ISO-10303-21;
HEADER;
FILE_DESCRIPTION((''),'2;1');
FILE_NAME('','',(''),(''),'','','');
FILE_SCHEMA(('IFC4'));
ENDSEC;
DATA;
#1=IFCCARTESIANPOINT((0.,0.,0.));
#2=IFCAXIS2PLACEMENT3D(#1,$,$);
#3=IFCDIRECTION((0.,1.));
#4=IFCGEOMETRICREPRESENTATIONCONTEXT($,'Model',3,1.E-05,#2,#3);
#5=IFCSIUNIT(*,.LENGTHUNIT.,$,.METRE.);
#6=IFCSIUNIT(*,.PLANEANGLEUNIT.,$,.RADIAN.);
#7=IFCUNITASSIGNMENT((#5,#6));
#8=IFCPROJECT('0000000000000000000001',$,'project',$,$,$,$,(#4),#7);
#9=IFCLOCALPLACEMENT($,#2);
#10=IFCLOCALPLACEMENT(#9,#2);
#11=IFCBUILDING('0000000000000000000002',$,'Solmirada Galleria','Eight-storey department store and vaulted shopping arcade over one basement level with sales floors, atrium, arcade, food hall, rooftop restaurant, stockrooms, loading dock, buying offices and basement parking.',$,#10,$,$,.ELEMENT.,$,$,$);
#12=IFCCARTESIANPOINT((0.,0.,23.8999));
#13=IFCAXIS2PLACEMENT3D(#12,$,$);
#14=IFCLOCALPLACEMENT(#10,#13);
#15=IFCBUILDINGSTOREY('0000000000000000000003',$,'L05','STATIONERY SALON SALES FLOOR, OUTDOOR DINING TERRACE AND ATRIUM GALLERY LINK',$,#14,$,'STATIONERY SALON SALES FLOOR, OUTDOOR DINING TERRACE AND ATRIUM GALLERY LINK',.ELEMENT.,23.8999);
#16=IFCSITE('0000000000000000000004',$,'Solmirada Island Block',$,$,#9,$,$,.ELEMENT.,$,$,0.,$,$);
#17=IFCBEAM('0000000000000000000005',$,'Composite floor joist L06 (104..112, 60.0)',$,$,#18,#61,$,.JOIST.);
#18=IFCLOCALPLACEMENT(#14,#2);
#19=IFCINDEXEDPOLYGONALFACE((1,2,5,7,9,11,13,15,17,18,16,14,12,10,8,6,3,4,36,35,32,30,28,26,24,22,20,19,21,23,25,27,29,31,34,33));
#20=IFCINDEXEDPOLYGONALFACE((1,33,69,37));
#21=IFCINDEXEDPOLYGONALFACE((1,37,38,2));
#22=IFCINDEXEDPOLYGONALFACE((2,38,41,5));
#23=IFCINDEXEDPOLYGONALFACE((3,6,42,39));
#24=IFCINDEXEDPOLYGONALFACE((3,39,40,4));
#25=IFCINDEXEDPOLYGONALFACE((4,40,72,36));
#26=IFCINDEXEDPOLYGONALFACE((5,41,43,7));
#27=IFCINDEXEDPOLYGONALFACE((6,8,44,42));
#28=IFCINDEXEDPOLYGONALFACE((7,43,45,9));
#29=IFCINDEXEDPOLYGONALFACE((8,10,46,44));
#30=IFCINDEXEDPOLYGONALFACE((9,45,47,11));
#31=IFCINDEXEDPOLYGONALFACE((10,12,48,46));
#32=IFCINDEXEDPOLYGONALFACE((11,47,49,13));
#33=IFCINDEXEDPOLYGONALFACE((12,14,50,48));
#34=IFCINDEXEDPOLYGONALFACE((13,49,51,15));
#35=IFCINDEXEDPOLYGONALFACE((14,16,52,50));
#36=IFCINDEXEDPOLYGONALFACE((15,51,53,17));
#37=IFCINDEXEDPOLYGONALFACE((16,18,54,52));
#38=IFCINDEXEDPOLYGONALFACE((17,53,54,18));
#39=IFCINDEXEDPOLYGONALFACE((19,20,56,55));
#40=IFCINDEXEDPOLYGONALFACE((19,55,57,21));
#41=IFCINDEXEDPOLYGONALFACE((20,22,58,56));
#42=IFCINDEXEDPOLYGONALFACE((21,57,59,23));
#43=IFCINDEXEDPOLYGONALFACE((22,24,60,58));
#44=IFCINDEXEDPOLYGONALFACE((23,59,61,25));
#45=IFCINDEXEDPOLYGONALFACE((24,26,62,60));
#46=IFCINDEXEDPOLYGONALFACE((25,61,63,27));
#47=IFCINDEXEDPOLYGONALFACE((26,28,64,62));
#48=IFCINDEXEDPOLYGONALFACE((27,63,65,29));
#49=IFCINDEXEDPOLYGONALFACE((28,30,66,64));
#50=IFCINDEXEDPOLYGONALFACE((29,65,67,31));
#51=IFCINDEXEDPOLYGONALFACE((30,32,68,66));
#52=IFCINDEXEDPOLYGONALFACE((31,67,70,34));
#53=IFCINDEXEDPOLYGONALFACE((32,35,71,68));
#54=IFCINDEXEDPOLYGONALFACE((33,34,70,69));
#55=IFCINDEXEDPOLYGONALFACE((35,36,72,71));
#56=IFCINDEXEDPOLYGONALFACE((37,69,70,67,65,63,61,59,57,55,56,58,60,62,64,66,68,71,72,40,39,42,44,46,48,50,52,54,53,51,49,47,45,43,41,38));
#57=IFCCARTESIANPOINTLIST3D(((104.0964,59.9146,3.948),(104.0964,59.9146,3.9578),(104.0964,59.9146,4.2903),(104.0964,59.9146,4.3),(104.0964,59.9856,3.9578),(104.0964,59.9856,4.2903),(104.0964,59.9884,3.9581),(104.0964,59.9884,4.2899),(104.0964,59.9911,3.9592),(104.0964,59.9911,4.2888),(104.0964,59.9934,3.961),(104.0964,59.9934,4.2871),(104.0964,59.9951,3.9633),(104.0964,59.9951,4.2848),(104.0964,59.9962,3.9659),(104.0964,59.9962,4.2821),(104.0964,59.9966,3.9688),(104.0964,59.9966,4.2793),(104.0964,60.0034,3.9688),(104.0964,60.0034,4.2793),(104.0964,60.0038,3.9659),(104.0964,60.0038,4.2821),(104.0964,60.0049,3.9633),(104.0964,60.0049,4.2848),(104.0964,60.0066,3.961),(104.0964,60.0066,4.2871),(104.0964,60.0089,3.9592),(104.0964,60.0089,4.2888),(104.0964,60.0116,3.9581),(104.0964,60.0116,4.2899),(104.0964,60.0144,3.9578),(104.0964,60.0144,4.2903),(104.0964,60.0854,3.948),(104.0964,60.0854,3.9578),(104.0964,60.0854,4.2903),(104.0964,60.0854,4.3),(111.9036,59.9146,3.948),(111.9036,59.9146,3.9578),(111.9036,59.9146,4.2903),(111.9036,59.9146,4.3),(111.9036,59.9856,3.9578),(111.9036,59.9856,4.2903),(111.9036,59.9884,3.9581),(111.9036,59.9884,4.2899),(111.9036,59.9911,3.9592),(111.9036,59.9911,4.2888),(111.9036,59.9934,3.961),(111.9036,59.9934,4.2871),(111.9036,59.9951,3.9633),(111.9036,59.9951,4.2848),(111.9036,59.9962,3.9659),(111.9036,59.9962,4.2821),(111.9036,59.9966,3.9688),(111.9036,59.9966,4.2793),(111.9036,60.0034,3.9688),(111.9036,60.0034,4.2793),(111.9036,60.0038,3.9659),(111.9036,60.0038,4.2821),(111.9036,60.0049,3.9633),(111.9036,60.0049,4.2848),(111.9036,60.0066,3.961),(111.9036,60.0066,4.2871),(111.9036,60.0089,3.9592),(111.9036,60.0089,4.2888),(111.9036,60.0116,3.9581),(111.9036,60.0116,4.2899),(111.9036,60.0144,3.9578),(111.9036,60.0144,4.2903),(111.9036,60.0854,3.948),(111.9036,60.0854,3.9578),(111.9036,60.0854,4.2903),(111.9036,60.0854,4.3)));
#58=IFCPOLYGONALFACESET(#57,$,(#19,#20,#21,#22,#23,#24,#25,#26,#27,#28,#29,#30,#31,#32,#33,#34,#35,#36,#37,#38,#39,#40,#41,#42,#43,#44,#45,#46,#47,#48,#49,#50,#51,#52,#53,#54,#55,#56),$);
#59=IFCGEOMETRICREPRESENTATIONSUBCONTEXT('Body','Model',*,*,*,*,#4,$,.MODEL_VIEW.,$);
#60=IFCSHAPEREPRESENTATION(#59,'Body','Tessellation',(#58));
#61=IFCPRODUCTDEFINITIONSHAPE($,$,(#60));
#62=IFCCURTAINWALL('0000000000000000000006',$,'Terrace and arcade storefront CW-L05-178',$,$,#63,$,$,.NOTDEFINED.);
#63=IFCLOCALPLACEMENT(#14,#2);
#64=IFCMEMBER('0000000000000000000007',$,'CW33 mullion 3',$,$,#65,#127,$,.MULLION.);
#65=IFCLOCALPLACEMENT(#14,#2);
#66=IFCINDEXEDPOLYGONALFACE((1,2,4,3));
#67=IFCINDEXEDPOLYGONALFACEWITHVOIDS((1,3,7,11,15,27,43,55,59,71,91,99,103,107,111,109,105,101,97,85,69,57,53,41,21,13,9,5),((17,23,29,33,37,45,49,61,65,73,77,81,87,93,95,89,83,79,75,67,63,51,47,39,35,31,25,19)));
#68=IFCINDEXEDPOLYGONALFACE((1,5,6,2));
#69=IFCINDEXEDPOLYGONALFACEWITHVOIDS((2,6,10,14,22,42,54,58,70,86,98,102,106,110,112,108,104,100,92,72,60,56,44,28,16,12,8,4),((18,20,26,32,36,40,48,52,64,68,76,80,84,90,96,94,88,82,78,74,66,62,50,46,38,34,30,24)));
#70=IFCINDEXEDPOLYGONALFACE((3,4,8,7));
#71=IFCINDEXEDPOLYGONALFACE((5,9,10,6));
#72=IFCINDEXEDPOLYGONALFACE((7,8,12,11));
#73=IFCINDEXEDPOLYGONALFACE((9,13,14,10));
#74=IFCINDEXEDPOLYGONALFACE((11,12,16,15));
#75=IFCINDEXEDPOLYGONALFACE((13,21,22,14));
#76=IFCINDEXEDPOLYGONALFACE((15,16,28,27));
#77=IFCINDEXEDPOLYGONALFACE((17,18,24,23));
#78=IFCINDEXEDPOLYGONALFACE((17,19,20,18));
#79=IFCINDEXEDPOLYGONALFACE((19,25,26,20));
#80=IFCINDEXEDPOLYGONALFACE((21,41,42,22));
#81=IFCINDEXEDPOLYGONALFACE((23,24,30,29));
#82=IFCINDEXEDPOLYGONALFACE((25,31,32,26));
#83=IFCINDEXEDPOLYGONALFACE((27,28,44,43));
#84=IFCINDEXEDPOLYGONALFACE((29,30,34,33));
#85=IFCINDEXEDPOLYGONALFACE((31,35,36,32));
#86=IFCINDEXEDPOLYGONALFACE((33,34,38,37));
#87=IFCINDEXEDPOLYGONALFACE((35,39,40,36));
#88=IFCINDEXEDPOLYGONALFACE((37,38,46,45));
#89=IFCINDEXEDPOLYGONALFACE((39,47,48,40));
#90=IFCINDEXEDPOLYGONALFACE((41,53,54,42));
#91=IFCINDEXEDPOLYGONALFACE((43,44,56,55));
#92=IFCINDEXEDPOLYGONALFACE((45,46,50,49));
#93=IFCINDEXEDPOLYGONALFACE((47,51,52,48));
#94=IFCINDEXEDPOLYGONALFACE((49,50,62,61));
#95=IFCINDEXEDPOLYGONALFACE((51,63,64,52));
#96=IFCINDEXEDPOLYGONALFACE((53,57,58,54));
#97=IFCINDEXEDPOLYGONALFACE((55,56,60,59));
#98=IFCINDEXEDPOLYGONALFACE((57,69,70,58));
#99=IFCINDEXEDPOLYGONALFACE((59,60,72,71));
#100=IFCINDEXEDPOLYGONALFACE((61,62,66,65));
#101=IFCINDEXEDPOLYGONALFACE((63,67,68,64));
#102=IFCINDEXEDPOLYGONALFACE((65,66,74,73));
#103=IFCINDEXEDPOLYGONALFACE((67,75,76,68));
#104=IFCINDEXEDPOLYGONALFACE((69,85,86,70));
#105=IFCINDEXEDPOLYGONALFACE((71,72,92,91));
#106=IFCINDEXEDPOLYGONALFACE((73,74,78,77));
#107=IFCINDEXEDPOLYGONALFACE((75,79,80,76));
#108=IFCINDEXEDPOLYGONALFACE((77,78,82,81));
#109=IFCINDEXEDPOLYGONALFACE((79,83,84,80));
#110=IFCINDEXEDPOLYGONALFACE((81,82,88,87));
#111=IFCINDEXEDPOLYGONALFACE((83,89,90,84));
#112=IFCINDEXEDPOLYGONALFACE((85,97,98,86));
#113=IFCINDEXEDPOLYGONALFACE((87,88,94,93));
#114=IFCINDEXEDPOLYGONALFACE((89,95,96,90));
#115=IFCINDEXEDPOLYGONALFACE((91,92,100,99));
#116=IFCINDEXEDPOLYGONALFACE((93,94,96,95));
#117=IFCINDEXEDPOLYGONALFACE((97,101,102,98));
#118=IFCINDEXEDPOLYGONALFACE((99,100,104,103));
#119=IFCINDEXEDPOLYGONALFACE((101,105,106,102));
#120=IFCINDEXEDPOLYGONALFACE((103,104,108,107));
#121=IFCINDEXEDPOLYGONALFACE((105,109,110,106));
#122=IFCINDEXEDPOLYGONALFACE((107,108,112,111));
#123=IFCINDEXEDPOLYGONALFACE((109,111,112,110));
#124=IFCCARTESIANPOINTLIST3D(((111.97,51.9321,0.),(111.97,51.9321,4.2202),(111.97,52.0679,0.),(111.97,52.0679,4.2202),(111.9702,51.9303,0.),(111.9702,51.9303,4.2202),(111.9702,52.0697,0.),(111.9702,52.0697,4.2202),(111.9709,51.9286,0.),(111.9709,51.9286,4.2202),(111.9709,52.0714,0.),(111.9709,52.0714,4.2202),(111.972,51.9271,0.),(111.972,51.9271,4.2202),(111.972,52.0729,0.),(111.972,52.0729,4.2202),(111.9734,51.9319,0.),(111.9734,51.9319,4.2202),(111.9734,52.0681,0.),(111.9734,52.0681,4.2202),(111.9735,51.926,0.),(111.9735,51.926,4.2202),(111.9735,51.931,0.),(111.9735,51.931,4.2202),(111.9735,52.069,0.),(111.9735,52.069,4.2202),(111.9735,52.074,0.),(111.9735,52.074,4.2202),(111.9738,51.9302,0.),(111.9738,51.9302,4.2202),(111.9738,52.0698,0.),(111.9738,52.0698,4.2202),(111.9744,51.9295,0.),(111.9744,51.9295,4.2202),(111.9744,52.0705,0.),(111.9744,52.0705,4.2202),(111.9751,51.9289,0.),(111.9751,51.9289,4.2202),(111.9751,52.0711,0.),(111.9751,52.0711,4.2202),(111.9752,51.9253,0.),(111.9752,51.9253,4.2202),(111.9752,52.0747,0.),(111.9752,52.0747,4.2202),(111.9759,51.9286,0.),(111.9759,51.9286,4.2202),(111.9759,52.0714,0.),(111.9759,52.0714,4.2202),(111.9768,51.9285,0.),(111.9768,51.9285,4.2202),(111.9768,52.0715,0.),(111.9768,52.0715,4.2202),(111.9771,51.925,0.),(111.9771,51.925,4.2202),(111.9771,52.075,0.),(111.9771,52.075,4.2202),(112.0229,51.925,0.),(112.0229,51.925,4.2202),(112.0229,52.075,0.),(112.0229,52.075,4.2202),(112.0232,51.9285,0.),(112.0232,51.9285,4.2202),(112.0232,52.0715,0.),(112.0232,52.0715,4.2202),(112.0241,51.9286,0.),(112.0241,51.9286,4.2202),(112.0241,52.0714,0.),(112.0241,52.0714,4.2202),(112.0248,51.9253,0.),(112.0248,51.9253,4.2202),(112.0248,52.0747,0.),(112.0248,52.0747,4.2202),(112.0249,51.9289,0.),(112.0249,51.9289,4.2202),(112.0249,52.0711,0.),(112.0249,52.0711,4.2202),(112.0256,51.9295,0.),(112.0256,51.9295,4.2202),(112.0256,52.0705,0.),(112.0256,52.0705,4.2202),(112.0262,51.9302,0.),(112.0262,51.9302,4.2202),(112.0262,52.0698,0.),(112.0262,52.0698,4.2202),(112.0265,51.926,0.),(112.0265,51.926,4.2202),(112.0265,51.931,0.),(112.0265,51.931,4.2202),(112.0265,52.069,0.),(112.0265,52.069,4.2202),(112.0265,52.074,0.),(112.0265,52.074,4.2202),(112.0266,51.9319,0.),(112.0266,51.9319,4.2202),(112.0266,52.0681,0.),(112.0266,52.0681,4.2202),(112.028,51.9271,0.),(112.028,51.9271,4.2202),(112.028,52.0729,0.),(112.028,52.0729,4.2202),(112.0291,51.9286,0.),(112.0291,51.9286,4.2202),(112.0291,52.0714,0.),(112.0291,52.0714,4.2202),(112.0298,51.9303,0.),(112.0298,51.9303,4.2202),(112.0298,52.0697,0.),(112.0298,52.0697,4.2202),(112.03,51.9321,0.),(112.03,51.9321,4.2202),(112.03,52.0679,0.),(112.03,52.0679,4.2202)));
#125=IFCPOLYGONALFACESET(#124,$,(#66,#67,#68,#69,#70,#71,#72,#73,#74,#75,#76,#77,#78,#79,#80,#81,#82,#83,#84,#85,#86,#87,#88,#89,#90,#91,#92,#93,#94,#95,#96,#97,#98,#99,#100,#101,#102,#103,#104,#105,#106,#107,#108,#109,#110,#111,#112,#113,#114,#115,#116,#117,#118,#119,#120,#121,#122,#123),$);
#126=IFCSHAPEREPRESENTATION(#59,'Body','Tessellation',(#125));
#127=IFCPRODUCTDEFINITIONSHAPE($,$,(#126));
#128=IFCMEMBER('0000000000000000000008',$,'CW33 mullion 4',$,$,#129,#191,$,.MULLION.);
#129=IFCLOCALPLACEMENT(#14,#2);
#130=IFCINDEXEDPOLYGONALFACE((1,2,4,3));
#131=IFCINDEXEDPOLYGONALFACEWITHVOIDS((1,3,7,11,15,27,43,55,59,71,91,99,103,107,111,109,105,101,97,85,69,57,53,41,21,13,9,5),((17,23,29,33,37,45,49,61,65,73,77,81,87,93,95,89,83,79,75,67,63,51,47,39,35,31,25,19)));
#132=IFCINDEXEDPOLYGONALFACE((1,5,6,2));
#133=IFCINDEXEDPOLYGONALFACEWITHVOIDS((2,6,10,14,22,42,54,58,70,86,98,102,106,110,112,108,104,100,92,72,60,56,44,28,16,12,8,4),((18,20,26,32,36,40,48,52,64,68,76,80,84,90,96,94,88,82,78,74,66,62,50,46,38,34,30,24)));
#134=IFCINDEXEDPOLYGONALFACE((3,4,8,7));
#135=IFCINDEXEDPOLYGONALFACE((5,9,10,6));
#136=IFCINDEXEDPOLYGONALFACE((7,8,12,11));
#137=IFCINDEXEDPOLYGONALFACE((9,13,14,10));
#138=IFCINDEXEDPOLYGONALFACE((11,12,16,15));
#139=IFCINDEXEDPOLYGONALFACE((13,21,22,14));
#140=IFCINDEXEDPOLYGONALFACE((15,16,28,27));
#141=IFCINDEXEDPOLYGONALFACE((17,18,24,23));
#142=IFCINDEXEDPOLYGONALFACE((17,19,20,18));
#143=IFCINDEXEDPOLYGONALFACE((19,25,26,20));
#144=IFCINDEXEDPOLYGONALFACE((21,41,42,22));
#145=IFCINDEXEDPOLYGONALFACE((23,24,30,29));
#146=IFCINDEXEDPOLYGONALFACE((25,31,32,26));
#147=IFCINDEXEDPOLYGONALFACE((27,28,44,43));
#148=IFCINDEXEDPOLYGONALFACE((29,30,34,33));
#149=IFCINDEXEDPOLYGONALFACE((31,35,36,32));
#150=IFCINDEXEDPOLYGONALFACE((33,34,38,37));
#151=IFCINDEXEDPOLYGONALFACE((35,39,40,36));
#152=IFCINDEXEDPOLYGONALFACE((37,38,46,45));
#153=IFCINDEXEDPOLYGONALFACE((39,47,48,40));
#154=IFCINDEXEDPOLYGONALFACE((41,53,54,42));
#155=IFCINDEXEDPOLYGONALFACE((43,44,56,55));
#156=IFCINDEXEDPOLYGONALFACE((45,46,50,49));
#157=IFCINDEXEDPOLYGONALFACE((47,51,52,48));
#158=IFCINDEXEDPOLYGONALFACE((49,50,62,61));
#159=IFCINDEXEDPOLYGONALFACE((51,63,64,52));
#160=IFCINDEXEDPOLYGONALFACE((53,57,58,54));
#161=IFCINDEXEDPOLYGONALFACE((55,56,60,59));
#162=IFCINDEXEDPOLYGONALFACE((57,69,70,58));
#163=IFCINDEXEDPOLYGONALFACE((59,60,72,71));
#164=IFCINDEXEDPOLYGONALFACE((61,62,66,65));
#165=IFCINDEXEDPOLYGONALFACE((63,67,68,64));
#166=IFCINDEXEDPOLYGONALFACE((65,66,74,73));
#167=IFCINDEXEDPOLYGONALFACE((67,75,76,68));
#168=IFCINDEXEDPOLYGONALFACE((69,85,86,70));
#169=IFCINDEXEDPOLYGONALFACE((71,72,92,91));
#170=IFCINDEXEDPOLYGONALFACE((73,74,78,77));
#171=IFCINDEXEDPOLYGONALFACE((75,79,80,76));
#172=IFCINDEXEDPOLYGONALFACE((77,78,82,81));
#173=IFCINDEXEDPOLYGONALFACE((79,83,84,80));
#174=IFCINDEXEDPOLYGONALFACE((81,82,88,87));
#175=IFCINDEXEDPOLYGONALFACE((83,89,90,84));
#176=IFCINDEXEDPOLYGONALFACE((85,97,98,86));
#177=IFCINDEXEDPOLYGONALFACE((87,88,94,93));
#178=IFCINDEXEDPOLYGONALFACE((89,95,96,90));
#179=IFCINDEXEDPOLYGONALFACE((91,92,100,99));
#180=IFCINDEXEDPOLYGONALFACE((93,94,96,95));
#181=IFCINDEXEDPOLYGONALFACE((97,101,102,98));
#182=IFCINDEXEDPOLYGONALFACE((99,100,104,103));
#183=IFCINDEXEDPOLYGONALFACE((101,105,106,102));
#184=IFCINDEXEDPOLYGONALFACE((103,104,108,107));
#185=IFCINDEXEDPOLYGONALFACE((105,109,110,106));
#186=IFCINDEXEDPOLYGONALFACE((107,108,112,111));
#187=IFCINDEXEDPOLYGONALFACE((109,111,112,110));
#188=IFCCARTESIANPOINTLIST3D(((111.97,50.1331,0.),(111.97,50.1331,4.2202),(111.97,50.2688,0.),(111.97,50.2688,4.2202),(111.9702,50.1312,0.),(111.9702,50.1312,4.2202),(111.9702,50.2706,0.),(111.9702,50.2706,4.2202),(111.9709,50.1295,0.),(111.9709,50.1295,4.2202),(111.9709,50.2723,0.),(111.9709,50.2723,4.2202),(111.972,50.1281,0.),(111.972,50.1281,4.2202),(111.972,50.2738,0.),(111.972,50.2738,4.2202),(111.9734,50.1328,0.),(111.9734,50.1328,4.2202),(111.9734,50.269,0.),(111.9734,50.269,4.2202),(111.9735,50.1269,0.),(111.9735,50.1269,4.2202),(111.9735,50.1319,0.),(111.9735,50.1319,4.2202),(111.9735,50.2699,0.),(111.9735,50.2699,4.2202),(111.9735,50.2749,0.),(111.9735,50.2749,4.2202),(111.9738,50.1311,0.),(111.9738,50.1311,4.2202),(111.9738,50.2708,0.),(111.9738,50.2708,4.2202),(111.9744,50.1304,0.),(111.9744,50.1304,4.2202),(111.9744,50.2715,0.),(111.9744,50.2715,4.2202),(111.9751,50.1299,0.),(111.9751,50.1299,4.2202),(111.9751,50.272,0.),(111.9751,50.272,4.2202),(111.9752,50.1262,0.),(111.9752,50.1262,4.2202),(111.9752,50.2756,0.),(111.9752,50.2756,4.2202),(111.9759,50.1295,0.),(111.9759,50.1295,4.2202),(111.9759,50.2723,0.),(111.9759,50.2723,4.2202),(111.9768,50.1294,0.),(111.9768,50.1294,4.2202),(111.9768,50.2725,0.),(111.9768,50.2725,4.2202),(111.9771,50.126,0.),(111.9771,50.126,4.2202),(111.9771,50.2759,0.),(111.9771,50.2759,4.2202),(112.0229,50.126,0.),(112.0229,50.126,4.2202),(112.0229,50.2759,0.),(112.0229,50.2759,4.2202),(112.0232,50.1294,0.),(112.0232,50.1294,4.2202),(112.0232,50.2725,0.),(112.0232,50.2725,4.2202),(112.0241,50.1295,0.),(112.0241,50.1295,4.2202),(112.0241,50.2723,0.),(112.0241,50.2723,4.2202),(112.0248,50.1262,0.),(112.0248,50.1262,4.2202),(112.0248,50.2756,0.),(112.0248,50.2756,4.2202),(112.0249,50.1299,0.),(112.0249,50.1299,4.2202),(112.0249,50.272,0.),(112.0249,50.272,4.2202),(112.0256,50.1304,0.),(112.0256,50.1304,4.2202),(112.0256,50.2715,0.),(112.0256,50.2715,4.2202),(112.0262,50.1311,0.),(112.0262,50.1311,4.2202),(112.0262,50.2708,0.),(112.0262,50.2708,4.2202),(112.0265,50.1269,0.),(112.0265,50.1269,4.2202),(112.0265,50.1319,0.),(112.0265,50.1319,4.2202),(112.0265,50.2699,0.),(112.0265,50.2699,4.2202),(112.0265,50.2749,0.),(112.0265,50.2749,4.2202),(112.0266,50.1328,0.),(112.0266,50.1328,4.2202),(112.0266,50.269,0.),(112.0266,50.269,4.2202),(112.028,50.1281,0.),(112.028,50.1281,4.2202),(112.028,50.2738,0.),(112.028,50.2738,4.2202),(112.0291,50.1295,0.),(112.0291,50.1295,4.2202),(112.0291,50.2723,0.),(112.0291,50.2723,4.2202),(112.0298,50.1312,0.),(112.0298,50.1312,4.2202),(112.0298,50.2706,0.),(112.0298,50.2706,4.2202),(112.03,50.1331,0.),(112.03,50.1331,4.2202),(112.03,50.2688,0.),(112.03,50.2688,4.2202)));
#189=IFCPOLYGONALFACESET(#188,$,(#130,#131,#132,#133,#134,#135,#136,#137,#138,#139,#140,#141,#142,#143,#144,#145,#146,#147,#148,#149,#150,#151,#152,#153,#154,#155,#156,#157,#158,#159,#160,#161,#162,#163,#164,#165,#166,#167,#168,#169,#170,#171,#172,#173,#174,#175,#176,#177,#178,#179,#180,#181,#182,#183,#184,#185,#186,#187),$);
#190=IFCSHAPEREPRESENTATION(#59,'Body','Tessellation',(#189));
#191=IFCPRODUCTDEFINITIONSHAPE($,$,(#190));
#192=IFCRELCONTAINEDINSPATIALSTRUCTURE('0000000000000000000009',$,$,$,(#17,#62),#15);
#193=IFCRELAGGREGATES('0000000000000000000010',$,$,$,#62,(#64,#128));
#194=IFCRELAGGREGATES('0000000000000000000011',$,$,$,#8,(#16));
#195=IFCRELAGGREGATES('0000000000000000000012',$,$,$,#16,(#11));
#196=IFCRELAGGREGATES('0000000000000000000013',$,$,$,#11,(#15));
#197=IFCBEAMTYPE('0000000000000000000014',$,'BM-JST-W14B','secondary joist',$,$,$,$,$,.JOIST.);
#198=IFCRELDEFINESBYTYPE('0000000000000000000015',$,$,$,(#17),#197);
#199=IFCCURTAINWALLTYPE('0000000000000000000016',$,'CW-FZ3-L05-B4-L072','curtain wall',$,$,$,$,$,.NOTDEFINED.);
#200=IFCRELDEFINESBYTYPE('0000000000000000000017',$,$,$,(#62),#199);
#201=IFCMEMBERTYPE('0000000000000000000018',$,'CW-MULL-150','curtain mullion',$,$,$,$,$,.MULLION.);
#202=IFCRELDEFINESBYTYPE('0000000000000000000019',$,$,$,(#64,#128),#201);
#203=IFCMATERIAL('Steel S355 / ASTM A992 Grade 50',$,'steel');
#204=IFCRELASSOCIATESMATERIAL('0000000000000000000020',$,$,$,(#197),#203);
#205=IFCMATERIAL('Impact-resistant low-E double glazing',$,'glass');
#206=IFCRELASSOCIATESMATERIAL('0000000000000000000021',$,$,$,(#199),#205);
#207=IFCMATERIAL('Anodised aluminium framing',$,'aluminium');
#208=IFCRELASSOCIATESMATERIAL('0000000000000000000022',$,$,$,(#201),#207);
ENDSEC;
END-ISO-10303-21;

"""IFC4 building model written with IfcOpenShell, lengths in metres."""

from ifc_helpers import new_model, si_unit, direction, frame, origin, origin_2d, place, context, subcontext, project, spatial, hollow_rectangle, i_section, extrude, material, material_profile, profile_set, type_object, element, aggregate, save


model = new_model("IFC4")

# Units and contexts
model_context = context("Model", 3, precision=1e-05, world=origin(), true_north=direction((0.0, 1.0)))
body_context = subcontext(model_context, "Body", "Model", "MODEL_VIEW")
ifc_project = project(units=[si_unit("LENGTHUNIT", "METRE"), si_unit("PLANEANGLEUNIT", "RADIAN")], contexts=[model_context])

# Site, building, storey
site_placement = place(None, origin())
site = spatial("IfcSite", under=ifc_project, at=site_placement, Name="Solmirada Island Block", CompositionType="ELEMENT", RefElevation=0.0)
building_placement = place(site_placement, origin())
building = spatial("IfcBuilding", under=site, at=building_placement, Name="Solmirada Galleria", Description="Eight-storey department store and vaulted shopping arcade over one basement level with sales floors, atrium, arcade, food hall, rooftop restaurant, stockrooms, loading dock, buying offices and basement parking.", CompositionType="ELEMENT")
storey_placement = place(building_placement, frame((0.0, 0.0, 23.8999)))
storey = spatial("IfcBuildingStorey", under=building, at=storey_placement, Name="L05", Description="STATIONERY SALON SALES FLOOR, OUTDOOR DINING TERRACE AND ATRIUM GALLERY LINK", LongName="STATIONERY SALON SALES FLOOR, OUTDOOR DINING TERRACE AND ATRIUM GALLERY LINK", CompositionType="ELEMENT", Elevation=23.8999)

# Beam
ifc_material_1 = material(Name="Steel S355 / ASTM A992 Grade 50", Category="steel")
ifc_material_profile_1 = material_profile(ifc_material_1, i_section(OverallWidth=0.1709, OverallDepth=0.3521, WebThickness=0.0068, FlangeThickness=0.0098, FilletRadius=0.011, at=origin_2d()), Name="W14X30")
ifc_profile_set_1 = profile_set([ifc_material_profile_1], Name="Steel S355 / ASTM A992 Grade 50")
beam_type_1 = type_object("IfcBeamType", Name="BM-JST-W14B", Description="secondary joist", PredefinedType="JOIST", material=ifc_profile_set_1)
for number, where, z_axis, x_axis, name in (
    (1, (104.0964, 60.0, 4.124), (1.0, 0.0, 0.0), (0.0, 1.0, 0.0), "Composite floor joist L06 (104..112, 60.0)"),
):
    element("IfcBeam", number, at=place(storey_placement, frame(where, z_axis=z_axis, x_axis=x_axis)), inside=storey, type_object=beam_type_1, Name=name, PredefinedType="JOIST", context=body_context, shape_type="SweptSolid", body=[
        extrude(i_section(OverallWidth=0.1709, OverallDepth=0.3521, WebThickness=0.0068, FlangeThickness=0.0098, FilletRadius=0.011, at=origin_2d()), origin(), (0.0, 0.0, 1.0), 7.8071),
    ])

# Curtain wall, members
ifc_material_2 = material(Name="Impact-resistant low-E double glazing", Category="glass")
curtain_wall_type = type_object("IfcCurtainWallType", Name="CW-FZ3-L05-B4-L072", Description="curtain wall", PredefinedType="NOTDEFINED", material=ifc_material_2)
curtain_wall_placement = place(storey_placement, origin())
curtain_wall = element("IfcCurtainWall", 2, at=curtain_wall_placement, inside=storey, type_object=curtain_wall_type, Name="Terrace and arcade storefront CW-L05-178", PredefinedType="NOTDEFINED")
ifc_material_3 = material(Name="Anodised aluminium framing", Category="aluminium")
ifc_material_profile_2 = material_profile(ifc_material_3, hollow_rectangle(XDim=0.0601, YDim=0.1499, WallThickness=0.0034, InnerFilletRadius=0.0034, OuterFilletRadius=0.0071, at=origin_2d()), Name="ALU-MULL-150X60")
ifc_profile_set_2 = profile_set([ifc_material_profile_2], Name="Anodised aluminium framing")
member_type_1 = type_object("IfcMemberType", Name="CW-MULL-150", Description="curtain mullion", PredefinedType="MULLION", material=ifc_profile_set_2)
member_1_placement = place(storey_placement, frame((112.0, 52.0, 0.0), z_axis=(0.0, 0.0, 1.0), x_axis=(1.0, 0.0, 0.0)))
member_1 = element("IfcMember", 3, at=member_1_placement, type_object=member_type_1, Name="CW33 mullion 3", PredefinedType="MULLION", context=body_context, shape_type="SweptSolid", body=[
    extrude(hollow_rectangle(XDim=0.0601, YDim=0.1499, WallThickness=0.0034, InnerFilletRadius=0.0034, OuterFilletRadius=0.0071, at=origin_2d()), origin(), (0.0, 0.0, 1.0), 4.2202),
])
member_2_placement = place(storey_placement, frame((112.0, 50.2009, 0.0), z_axis=(0.0, 0.0, 1.0), x_axis=(1.0, 0.0, 0.0)))
member_2 = element("IfcMember", 4, at=member_2_placement, type_object=member_type_1, Name="CW33 mullion 4", PredefinedType="MULLION", context=body_context, shape_type="SweptSolid", body=[
    extrude(hollow_rectangle(XDim=0.0601, YDim=0.1499, WallThickness=0.0034, InnerFilletRadius=0.0034, OuterFilletRadius=0.0071, at=origin_2d()), origin(), (0.0, 0.0, 1.0), 4.2202),
])
aggregate(curtain_wall, [member_1, member_2])

save(model, "model.ifc")
